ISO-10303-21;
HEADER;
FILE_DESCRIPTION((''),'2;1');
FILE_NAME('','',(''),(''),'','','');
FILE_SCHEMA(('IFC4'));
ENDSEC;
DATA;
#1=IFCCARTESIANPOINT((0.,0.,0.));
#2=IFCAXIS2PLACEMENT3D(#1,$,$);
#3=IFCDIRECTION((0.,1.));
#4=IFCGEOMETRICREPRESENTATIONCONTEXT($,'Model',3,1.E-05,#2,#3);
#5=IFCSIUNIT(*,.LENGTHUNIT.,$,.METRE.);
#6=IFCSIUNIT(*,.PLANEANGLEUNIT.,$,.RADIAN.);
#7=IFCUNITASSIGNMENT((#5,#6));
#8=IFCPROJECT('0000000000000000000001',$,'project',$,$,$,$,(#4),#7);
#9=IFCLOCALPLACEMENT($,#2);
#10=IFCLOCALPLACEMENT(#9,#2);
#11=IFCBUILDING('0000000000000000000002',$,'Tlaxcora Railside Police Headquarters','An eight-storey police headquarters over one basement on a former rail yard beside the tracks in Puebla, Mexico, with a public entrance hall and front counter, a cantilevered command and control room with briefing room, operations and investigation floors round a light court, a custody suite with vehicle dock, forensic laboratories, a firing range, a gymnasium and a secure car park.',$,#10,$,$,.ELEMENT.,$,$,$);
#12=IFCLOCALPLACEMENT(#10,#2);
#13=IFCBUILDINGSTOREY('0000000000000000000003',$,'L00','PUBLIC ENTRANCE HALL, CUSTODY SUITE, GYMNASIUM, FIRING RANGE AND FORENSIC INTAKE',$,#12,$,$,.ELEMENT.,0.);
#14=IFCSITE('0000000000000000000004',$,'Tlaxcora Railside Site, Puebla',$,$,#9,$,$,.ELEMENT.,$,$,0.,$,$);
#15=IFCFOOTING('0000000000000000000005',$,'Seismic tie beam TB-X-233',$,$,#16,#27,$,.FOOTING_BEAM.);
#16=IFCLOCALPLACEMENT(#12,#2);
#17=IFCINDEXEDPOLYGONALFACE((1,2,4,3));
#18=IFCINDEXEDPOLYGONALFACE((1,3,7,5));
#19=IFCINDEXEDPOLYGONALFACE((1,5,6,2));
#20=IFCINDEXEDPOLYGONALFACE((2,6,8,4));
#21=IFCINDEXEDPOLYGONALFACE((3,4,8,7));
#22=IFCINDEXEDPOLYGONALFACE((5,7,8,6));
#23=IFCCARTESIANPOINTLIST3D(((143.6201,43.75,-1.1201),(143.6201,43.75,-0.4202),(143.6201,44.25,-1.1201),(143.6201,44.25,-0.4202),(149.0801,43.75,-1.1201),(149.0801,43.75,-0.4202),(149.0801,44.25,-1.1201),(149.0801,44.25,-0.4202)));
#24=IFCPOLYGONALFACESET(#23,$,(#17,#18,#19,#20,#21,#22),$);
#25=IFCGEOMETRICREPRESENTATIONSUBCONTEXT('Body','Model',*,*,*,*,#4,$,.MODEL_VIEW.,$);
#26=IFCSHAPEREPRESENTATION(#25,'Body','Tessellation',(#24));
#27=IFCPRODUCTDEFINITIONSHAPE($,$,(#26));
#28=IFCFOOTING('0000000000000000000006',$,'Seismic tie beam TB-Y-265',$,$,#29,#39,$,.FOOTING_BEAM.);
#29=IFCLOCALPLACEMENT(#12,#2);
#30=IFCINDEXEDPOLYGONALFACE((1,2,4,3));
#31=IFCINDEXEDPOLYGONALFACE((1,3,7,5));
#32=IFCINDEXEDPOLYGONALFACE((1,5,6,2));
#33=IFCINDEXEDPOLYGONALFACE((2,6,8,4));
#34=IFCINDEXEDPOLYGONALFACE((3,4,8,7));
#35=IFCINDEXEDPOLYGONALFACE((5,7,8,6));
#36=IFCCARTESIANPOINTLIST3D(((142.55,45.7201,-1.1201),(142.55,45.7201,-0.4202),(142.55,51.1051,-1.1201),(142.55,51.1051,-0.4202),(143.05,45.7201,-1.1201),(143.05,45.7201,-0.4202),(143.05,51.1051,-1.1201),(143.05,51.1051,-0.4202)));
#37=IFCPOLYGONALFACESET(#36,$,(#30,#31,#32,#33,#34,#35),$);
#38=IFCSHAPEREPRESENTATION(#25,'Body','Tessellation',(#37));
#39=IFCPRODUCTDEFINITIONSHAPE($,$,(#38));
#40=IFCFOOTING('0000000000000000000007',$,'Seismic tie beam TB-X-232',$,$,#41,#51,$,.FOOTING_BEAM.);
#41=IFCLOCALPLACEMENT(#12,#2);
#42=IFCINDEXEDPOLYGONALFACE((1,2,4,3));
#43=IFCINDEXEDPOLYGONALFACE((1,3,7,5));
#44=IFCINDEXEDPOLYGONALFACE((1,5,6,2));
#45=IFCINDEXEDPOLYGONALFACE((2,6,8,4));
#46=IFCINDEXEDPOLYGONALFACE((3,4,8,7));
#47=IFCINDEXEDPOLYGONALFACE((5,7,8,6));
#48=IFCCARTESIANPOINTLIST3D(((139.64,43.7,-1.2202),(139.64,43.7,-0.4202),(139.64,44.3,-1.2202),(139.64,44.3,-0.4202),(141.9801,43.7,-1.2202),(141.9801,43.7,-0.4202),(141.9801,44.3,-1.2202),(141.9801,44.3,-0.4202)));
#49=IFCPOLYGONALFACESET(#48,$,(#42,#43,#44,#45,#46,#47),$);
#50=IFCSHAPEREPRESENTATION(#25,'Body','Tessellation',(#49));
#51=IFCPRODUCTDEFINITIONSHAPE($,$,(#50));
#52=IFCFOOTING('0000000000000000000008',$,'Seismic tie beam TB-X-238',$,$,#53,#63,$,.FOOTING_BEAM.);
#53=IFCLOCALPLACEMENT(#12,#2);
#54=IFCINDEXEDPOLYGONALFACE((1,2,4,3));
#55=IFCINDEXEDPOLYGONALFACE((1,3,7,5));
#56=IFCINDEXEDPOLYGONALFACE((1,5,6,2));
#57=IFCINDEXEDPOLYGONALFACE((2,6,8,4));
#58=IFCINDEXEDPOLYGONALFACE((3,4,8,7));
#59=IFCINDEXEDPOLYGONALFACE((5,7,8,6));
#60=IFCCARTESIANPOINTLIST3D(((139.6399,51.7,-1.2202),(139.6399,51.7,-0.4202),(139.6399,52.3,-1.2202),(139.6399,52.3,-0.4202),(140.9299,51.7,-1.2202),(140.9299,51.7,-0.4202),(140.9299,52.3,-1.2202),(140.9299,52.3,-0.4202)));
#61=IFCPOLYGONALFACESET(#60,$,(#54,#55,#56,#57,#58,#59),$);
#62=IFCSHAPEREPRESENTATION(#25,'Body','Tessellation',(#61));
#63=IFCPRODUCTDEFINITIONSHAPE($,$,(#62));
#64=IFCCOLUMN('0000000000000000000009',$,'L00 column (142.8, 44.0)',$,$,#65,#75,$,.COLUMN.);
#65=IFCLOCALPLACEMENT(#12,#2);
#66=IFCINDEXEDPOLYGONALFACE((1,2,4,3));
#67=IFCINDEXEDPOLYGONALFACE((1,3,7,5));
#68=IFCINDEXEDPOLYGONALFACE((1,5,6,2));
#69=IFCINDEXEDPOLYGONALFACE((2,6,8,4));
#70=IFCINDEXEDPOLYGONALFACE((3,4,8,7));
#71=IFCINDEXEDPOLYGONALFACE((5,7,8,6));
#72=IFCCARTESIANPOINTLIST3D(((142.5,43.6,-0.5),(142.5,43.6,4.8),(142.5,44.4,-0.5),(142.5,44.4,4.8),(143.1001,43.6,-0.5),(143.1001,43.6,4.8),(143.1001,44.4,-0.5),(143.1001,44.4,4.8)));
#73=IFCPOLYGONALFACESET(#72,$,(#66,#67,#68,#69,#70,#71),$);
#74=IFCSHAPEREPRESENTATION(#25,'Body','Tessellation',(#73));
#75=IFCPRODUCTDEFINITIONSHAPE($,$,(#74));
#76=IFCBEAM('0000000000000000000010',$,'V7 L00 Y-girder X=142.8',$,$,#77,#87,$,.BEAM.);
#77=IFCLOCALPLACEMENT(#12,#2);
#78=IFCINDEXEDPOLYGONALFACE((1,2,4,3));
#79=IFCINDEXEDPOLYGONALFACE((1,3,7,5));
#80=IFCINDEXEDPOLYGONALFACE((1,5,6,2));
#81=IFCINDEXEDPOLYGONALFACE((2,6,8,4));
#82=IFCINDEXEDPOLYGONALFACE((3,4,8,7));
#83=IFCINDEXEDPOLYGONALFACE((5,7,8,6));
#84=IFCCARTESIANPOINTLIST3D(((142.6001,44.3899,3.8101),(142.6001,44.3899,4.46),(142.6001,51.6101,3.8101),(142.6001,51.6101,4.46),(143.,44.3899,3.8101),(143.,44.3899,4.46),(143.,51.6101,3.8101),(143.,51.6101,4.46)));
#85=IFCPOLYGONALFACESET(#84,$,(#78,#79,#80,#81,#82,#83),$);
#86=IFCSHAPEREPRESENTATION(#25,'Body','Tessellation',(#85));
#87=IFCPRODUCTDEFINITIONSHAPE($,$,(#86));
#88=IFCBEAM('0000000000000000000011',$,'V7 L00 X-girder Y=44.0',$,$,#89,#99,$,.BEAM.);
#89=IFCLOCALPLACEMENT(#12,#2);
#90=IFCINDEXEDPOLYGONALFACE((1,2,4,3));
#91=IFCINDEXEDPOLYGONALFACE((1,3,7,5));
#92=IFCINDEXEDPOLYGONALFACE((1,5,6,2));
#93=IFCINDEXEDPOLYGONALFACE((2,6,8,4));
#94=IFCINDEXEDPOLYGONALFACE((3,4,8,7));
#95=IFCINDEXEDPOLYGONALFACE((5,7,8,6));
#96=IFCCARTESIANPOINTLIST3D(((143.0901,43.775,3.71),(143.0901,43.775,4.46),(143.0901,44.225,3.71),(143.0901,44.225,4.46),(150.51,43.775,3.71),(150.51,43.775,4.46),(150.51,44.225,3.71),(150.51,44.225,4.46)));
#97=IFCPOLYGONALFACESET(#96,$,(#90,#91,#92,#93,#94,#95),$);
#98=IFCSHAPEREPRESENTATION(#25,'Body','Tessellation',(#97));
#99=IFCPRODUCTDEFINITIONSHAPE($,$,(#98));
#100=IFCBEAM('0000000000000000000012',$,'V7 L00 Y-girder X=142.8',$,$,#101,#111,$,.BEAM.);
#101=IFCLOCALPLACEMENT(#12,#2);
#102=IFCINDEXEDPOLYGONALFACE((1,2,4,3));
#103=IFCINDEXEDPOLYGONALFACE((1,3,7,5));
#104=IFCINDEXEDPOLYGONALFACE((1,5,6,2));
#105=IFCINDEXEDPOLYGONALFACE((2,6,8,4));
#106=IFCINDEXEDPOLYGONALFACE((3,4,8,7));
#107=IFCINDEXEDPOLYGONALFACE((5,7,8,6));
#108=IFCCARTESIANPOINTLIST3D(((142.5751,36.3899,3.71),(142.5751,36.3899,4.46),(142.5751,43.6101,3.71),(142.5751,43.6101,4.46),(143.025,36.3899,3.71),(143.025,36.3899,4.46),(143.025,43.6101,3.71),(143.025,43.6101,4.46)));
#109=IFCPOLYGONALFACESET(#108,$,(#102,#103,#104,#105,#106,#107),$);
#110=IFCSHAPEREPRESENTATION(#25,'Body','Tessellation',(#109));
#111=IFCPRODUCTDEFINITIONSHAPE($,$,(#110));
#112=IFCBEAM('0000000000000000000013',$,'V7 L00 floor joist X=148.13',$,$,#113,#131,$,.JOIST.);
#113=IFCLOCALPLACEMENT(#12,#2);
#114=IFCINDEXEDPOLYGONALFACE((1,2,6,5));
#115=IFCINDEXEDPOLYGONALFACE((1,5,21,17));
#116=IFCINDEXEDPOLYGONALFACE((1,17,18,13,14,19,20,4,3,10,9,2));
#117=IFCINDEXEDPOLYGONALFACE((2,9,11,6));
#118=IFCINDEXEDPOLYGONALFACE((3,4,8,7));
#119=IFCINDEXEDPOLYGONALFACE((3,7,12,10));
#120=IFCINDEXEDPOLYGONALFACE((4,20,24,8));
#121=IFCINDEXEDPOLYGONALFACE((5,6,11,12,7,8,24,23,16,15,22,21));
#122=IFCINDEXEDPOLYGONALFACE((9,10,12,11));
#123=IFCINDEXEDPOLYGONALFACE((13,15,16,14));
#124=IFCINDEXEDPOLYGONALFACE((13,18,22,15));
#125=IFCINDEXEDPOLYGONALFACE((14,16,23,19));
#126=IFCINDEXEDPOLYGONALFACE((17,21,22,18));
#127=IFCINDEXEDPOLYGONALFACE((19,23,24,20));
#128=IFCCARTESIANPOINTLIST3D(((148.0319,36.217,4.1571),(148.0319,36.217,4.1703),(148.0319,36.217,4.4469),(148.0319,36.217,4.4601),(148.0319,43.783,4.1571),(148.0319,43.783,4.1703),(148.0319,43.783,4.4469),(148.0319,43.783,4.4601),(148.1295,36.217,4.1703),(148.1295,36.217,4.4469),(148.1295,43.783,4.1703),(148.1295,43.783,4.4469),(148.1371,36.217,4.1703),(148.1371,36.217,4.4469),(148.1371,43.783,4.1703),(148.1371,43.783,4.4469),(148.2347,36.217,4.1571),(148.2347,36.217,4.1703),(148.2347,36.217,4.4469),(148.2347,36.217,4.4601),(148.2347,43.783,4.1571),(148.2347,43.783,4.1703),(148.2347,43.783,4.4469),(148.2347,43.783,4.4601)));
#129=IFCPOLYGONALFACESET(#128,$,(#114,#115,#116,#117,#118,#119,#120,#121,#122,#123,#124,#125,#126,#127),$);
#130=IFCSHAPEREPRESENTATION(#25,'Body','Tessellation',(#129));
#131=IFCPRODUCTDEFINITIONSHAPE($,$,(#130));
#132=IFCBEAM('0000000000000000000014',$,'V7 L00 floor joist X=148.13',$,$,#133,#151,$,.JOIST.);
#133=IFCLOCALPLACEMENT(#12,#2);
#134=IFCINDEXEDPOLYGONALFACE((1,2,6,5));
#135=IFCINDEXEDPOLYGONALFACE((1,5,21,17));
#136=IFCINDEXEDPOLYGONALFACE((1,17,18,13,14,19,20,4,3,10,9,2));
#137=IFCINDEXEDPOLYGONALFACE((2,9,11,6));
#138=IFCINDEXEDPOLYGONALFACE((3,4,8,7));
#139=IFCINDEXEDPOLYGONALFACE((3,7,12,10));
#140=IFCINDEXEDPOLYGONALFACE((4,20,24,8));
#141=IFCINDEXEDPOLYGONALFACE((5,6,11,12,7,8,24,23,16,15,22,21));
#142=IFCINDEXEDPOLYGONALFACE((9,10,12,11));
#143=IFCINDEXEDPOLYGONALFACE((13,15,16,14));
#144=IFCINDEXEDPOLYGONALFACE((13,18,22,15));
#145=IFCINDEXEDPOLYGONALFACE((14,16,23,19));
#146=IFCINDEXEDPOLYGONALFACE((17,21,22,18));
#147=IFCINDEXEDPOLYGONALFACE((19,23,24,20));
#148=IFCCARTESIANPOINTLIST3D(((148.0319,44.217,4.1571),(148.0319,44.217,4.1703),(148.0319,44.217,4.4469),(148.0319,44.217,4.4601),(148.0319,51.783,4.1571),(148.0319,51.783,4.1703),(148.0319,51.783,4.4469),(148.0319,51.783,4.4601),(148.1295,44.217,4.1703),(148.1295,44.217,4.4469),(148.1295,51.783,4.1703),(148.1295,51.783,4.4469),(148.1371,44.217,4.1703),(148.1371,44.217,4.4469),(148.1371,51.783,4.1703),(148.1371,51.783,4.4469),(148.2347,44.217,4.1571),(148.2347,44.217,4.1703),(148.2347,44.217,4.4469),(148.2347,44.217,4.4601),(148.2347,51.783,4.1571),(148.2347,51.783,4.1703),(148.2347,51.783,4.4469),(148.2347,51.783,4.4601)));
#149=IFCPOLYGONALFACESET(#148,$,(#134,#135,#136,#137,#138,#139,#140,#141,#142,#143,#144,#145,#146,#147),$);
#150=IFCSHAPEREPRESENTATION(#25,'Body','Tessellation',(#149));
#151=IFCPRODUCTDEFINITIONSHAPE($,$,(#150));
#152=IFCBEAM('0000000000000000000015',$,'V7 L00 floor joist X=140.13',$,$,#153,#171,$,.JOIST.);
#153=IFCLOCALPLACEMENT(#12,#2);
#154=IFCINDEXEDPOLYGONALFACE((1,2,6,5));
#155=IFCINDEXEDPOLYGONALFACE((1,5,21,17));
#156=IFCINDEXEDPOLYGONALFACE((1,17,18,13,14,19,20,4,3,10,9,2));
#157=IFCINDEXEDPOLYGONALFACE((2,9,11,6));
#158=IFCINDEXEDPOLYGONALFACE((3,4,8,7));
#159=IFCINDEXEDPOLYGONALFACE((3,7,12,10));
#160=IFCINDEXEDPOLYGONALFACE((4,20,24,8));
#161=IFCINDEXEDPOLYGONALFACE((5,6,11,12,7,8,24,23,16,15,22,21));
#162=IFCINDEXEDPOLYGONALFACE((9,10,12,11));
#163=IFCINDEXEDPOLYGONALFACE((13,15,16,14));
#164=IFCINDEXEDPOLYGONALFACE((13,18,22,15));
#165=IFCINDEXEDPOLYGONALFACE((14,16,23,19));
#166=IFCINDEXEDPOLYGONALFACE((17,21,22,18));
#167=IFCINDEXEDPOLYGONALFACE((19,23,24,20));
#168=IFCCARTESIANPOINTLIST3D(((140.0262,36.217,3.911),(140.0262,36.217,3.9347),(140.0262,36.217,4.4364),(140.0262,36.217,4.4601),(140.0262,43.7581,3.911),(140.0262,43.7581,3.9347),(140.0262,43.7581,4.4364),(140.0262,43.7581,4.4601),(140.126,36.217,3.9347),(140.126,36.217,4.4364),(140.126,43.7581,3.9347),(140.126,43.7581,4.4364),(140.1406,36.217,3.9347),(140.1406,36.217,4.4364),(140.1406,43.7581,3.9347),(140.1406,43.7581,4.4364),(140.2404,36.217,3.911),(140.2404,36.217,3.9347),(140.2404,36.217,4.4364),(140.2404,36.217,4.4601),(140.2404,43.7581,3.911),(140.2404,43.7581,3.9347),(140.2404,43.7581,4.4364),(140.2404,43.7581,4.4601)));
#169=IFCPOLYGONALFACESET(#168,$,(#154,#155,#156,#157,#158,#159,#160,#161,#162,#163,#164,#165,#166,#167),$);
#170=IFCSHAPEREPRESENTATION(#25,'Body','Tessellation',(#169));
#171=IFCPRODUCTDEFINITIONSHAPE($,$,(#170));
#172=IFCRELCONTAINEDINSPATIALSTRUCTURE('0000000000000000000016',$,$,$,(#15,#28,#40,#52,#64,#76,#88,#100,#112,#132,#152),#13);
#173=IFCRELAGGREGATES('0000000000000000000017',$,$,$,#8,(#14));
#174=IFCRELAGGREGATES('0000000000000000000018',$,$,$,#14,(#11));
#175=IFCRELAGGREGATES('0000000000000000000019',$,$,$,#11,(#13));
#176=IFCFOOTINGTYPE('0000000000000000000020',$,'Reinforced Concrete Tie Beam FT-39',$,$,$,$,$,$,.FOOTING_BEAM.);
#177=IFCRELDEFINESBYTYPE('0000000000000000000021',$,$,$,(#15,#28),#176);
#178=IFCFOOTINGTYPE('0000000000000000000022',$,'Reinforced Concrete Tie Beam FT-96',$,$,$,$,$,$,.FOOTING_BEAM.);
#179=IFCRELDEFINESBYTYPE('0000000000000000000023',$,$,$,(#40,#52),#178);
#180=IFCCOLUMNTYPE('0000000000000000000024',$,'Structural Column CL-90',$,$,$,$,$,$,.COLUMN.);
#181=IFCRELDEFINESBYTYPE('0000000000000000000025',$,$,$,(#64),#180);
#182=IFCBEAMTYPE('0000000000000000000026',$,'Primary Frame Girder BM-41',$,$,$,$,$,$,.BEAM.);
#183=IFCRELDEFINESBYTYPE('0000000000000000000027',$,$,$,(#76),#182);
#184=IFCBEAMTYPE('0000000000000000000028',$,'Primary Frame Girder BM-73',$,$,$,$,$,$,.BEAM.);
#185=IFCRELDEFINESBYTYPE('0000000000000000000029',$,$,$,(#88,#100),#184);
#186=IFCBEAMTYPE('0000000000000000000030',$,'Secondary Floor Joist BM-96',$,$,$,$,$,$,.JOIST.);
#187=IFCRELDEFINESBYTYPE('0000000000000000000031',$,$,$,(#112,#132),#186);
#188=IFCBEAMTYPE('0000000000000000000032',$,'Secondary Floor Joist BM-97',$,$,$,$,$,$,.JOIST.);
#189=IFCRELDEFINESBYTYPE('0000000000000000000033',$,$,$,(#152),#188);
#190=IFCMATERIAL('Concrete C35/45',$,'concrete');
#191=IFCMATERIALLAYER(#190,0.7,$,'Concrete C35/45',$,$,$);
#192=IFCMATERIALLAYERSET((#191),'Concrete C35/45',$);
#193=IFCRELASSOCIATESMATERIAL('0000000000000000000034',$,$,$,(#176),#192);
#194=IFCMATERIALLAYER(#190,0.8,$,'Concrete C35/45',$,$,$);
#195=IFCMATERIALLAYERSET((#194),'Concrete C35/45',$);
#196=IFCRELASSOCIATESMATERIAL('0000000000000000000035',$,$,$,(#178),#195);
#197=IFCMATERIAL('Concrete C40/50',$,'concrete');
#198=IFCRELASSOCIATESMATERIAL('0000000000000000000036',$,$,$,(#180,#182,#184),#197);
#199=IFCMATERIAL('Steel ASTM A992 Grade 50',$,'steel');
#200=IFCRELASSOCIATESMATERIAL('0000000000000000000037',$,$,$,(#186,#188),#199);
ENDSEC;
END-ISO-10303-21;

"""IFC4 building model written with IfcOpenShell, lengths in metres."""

from ifc_helpers import new_model, si_unit, direction, frame, origin, origin_2d, place, context, subcontext, project, spatial, rectangle, i_section, extrude, material, layer, layer_set, material_profile, profile_set, type_object, element, save


model = new_model("IFC4")

# Units and contexts
model_context = context("Model", 3, precision=1e-05, world=origin(), true_north=direction((0.0, 1.0)))
body_context = subcontext(model_context, "Body", "Model", "MODEL_VIEW")
ifc_project = project(units=[si_unit("LENGTHUNIT", "METRE"), si_unit("PLANEANGLEUNIT", "RADIAN")], contexts=[model_context])

# Site, building, storey
site_placement = place(None, origin())
site = spatial("IfcSite", under=ifc_project, at=site_placement, Name="Tlaxcora Railside Site, Puebla", CompositionType="ELEMENT", RefElevation=0.0)
building_placement = place(site_placement, origin())
building = spatial("IfcBuilding", under=site, at=building_placement, Name="Tlaxcora Railside Police Headquarters", Description="An eight-storey police headquarters over one basement on a former rail yard beside the tracks in Puebla, Mexico, with a public entrance hall and front counter, a cantilevered command and control room with briefing room, operations and investigation floors round a light court, a custody suite with vehicle dock, forensic laboratories, a firing range, a gymnasium and a secure car park.", CompositionType="ELEMENT")
storey_placement = place(building_placement, origin())
storey = spatial("IfcBuildingStorey", under=building, at=storey_placement, Name="L00", Description="PUBLIC ENTRANCE HALL, CUSTODY SUITE, GYMNASIUM, FIRING RANGE AND FORENSIC INTAKE", CompositionType="ELEMENT", Elevation=0.0)

# Shared definitions
ifc_material_1 = material(Name="Concrete C35/45", Category="concrete")

# Footings
ifc_material_2 = material(Name="Concrete C40/50", Category="concrete")
ifc_layer_1 = layer(ifc_material_1, 0.7, Name="Concrete C35/45")
ifc_layer_set_1 = layer_set([ifc_layer_1], Name="Concrete C35/45")
footing_type_1 = type_object("IfcFootingType", Name="Reinforced Concrete Tie Beam FT-39", PredefinedType="FOOTING_BEAM", material=ifc_layer_set_1)
footing_1_placement = place(storey_placement, frame((146.3501, 44.0, -1.1201), z_axis=(0.0, 0.0, 1.0), x_axis=(1.0, 0.0, 0.0)))
element("IfcFooting", 1, at=footing_1_placement, inside=storey, type_object=footing_type_1, Name="Seismic tie beam TB-X-233", PredefinedType="FOOTING_BEAM", context=body_context, shape_type="SweptSolid", body=[
    extrude(rectangle(XDim=5.46, YDim=0.5, at=origin_2d()), origin(), (0.0, 0.0, 1.0), 0.7),
])
footing_2_placement = place(storey_placement, frame((142.8, 48.4126, -1.1201), z_axis=(0.0, 0.0, 1.0), x_axis=(0.0, 1.0, 0.0)))
element("IfcFooting", 2, at=footing_2_placement, inside=storey, type_object=footing_type_1, Name="Seismic tie beam TB-Y-265", PredefinedType="FOOTING_BEAM", context=body_context, shape_type="SweptSolid", body=[
    extrude(rectangle(XDim=5.385, YDim=0.5, at=origin_2d()), origin(), (0.0, 0.0, 1.0), 0.7),
])
ifc_layer_2 = layer(ifc_material_1, 0.8, Name="Concrete C35/45")
ifc_layer_set_2 = layer_set([ifc_layer_2], Name="Concrete C35/45")
footing_type_2 = type_object("IfcFootingType", Name="Reinforced Concrete Tie Beam FT-96", PredefinedType="FOOTING_BEAM", material=ifc_layer_set_2)
footing_3_placement = place(storey_placement, frame((140.8101, 44.0, -1.2202), z_axis=(0.0, 0.0, 1.0), x_axis=(1.0, 0.0, 0.0)))
element("IfcFooting", 3, at=footing_3_placement, inside=storey, type_object=footing_type_2, Name="Seismic tie beam TB-X-232", PredefinedType="FOOTING_BEAM", context=body_context, shape_type="SweptSolid", body=[
    extrude(rectangle(XDim=2.3401, YDim=0.6001, at=origin_2d()), origin(), (0.0, 0.0, 1.0), 0.8),
])
footing_4_placement = place(storey_placement, frame((140.2849, 52.0, -1.2202), z_axis=(0.0, 0.0, 1.0), x_axis=(1.0, 0.0, 0.0)))
element("IfcFooting", 4, at=footing_4_placement, inside=storey, type_object=footing_type_2, Name="Seismic tie beam TB-X-238", PredefinedType="FOOTING_BEAM", context=body_context, shape_type="SweptSolid", body=[
    extrude(rectangle(XDim=1.29, YDim=0.6001, at=origin_2d()), origin(), (0.0, 0.0, 1.0), 0.8),
])

# Column
ifc_material_profile_1 = material_profile(ifc_material_2, rectangle(XDim=0.6001, YDim=0.8, at=origin_2d()), Name="RC600X800")
ifc_profile_set_1 = profile_set([ifc_material_profile_1], Name="Concrete C40/50")
column_type = type_object("IfcColumnType", Name="Structural Column CL-90", PredefinedType="COLUMN", material=ifc_profile_set_1)
column_placement = place(storey_placement, frame((142.8, 44.0, -0.5), z_axis=(0.0, 0.0, 1.0), x_axis=(1.0, 0.0, 0.0)))
element("IfcColumn", 5, at=column_placement, inside=storey, type_object=column_type, Name="L00 column (142.8, 44.0)", PredefinedType="COLUMN", context=body_context, shape_type="SweptSolid", body=[
    extrude(rectangle(XDim=0.6001, YDim=0.8, at=origin_2d()), origin(), (0.0, 0.0, 1.0), 5.3),
])

# Beams
ifc_material_profile_2 = material_profile(ifc_material_2, rectangle(XDim=0.3999, YDim=0.6499, at=origin_2d()), Name="RC400X650")
ifc_profile_set_2 = profile_set([ifc_material_profile_2], Name="Concrete C40/50")
beam_type_1 = type_object("IfcBeamType", Name="Primary Frame Girder BM-41", PredefinedType="BEAM", material=ifc_profile_set_2)
beam_1_placement = place(storey_placement, frame((142.8, 44.3899, 4.135), z_axis=(0.0, 1.0, 0.0), x_axis=(-1.0, 0.0, 0.0)))
element("IfcBeam", 6, at=beam_1_placement, inside=storey, type_object=beam_type_1, Name="V7 L00 Y-girder X=142.8", PredefinedType="BEAM", context=body_context, shape_type="SweptSolid", body=[
    extrude(rectangle(XDim=0.3999, YDim=0.6499, at=origin_2d()), origin(), (0.0, 0.0, 1.0), 7.2202),
])
ifc_material_profile_3 = material_profile(ifc_material_2, rectangle(XDim=0.45, YDim=0.75, at=origin_2d()), Name="RC450X750")
ifc_profile_set_3 = profile_set([ifc_material_profile_3], Name="Concrete C40/50")
beam_type_2 = type_object("IfcBeamType", Name="Primary Frame Girder BM-73", PredefinedType="BEAM", material=ifc_profile_set_3)
beam_2_placement = place(storey_placement, frame((143.0901, 44.0, 4.085), z_axis=(1.0, 0.0, 0.0), x_axis=(0.0, 1.0, 0.0)))
element("IfcBeam", 7, at=beam_2_placement, inside=storey, type_object=beam_type_2, Name="V7 L00 X-girder Y=44.0", PredefinedType="BEAM", context=body_context, shape_type="SweptSolid", body=[
    extrude(rectangle(XDim=0.45, YDim=0.75, at=origin_2d()), origin(), (0.0, 0.0, 1.0), 7.4199),
])
beam_3_placement = place(storey_placement, frame((142.8, 36.3899, 4.085), z_axis=(0.0, 1.0, 0.0), x_axis=(-1.0, 0.0, 0.0)))
element("IfcBeam", 8, at=beam_3_placement, inside=storey, type_object=beam_type_2, Name="V7 L00 Y-girder X=142.8", PredefinedType="BEAM", context=body_context, shape_type="SweptSolid", body=[
    extrude(rectangle(XDim=0.45, YDim=0.75, at=origin_2d()), origin(), (0.0, 0.0, 1.0), 7.2202),
])
ifc_material_3 = material(Name="Steel ASTM A992 Grade 50", Category="steel")
ifc_material_profile_4 = material_profile(ifc_material_3, i_section(OverallWidth=0.2029, OverallDepth=0.303, WebThickness=0.0076, FlangeThickness=0.0132, at=origin_2d()), Name="W12X40")
ifc_profile_set_4 = profile_set([ifc_material_profile_4], Name="Steel ASTM A992 Grade 50")
beam_type_3 = type_object("IfcBeamType", Name="Secondary Floor Joist BM-96", PredefinedType="JOIST", material=ifc_profile_set_4)
for number, where, z_axis, x_axis, name in (
    (9, (148.1333, 36.217, 4.3086), (0.0, 1.0, 0.0), (-1.0, 0.0, 0.0), "V7 L00 floor joist X=148.13"),
    (10, (148.1333, 44.217, 4.3086), (0.0, 1.0, 0.0), (-1.0, 0.0, 0.0), "V7 L00 floor joist X=148.13"),
):
    element("IfcBeam", number, at=place(storey_placement, frame(where, z_axis=z_axis, x_axis=x_axis)), inside=storey, type_object=beam_type_3, Name=name, PredefinedType="JOIST", context=body_context, shape_type="SweptSolid", body=[
        extrude(i_section(OverallWidth=0.2029, OverallDepth=0.303, WebThickness=0.0076, FlangeThickness=0.0132, at=origin_2d()), origin(), (0.0, 0.0, 1.0), 7.5659),
    ])
ifc_material_profile_5 = material_profile(ifc_material_3, i_section(OverallWidth=0.2141, OverallDepth=0.5491, WebThickness=0.0146, FlangeThickness=0.0237, at=origin_2d()), Name="W21X93")
ifc_profile_set_5 = profile_set([ifc_material_profile_5], Name="Steel ASTM A992 Grade 50")
beam_type_4 = type_object("IfcBeamType", Name="Secondary Floor Joist BM-97", PredefinedType="JOIST", material=ifc_profile_set_5)
beam_4_placement = place(storey_placement, frame((140.1333, 36.217, 4.1855), z_axis=(0.0, 1.0, 0.0), x_axis=(-1.0, 0.0, 0.0)))
element("IfcBeam", 11, at=beam_4_placement, inside=storey, type_object=beam_type_4, Name="V7 L00 floor joist X=140.13", PredefinedType="JOIST", context=body_context, shape_type="SweptSolid", body=[
    extrude(i_section(OverallWidth=0.2141, OverallDepth=0.5491, WebThickness=0.0146, FlangeThickness=0.0237, at=origin_2d()), origin(), (0.0, 0.0, 1.0), 7.541),
])

save(model, "model.ifc")
